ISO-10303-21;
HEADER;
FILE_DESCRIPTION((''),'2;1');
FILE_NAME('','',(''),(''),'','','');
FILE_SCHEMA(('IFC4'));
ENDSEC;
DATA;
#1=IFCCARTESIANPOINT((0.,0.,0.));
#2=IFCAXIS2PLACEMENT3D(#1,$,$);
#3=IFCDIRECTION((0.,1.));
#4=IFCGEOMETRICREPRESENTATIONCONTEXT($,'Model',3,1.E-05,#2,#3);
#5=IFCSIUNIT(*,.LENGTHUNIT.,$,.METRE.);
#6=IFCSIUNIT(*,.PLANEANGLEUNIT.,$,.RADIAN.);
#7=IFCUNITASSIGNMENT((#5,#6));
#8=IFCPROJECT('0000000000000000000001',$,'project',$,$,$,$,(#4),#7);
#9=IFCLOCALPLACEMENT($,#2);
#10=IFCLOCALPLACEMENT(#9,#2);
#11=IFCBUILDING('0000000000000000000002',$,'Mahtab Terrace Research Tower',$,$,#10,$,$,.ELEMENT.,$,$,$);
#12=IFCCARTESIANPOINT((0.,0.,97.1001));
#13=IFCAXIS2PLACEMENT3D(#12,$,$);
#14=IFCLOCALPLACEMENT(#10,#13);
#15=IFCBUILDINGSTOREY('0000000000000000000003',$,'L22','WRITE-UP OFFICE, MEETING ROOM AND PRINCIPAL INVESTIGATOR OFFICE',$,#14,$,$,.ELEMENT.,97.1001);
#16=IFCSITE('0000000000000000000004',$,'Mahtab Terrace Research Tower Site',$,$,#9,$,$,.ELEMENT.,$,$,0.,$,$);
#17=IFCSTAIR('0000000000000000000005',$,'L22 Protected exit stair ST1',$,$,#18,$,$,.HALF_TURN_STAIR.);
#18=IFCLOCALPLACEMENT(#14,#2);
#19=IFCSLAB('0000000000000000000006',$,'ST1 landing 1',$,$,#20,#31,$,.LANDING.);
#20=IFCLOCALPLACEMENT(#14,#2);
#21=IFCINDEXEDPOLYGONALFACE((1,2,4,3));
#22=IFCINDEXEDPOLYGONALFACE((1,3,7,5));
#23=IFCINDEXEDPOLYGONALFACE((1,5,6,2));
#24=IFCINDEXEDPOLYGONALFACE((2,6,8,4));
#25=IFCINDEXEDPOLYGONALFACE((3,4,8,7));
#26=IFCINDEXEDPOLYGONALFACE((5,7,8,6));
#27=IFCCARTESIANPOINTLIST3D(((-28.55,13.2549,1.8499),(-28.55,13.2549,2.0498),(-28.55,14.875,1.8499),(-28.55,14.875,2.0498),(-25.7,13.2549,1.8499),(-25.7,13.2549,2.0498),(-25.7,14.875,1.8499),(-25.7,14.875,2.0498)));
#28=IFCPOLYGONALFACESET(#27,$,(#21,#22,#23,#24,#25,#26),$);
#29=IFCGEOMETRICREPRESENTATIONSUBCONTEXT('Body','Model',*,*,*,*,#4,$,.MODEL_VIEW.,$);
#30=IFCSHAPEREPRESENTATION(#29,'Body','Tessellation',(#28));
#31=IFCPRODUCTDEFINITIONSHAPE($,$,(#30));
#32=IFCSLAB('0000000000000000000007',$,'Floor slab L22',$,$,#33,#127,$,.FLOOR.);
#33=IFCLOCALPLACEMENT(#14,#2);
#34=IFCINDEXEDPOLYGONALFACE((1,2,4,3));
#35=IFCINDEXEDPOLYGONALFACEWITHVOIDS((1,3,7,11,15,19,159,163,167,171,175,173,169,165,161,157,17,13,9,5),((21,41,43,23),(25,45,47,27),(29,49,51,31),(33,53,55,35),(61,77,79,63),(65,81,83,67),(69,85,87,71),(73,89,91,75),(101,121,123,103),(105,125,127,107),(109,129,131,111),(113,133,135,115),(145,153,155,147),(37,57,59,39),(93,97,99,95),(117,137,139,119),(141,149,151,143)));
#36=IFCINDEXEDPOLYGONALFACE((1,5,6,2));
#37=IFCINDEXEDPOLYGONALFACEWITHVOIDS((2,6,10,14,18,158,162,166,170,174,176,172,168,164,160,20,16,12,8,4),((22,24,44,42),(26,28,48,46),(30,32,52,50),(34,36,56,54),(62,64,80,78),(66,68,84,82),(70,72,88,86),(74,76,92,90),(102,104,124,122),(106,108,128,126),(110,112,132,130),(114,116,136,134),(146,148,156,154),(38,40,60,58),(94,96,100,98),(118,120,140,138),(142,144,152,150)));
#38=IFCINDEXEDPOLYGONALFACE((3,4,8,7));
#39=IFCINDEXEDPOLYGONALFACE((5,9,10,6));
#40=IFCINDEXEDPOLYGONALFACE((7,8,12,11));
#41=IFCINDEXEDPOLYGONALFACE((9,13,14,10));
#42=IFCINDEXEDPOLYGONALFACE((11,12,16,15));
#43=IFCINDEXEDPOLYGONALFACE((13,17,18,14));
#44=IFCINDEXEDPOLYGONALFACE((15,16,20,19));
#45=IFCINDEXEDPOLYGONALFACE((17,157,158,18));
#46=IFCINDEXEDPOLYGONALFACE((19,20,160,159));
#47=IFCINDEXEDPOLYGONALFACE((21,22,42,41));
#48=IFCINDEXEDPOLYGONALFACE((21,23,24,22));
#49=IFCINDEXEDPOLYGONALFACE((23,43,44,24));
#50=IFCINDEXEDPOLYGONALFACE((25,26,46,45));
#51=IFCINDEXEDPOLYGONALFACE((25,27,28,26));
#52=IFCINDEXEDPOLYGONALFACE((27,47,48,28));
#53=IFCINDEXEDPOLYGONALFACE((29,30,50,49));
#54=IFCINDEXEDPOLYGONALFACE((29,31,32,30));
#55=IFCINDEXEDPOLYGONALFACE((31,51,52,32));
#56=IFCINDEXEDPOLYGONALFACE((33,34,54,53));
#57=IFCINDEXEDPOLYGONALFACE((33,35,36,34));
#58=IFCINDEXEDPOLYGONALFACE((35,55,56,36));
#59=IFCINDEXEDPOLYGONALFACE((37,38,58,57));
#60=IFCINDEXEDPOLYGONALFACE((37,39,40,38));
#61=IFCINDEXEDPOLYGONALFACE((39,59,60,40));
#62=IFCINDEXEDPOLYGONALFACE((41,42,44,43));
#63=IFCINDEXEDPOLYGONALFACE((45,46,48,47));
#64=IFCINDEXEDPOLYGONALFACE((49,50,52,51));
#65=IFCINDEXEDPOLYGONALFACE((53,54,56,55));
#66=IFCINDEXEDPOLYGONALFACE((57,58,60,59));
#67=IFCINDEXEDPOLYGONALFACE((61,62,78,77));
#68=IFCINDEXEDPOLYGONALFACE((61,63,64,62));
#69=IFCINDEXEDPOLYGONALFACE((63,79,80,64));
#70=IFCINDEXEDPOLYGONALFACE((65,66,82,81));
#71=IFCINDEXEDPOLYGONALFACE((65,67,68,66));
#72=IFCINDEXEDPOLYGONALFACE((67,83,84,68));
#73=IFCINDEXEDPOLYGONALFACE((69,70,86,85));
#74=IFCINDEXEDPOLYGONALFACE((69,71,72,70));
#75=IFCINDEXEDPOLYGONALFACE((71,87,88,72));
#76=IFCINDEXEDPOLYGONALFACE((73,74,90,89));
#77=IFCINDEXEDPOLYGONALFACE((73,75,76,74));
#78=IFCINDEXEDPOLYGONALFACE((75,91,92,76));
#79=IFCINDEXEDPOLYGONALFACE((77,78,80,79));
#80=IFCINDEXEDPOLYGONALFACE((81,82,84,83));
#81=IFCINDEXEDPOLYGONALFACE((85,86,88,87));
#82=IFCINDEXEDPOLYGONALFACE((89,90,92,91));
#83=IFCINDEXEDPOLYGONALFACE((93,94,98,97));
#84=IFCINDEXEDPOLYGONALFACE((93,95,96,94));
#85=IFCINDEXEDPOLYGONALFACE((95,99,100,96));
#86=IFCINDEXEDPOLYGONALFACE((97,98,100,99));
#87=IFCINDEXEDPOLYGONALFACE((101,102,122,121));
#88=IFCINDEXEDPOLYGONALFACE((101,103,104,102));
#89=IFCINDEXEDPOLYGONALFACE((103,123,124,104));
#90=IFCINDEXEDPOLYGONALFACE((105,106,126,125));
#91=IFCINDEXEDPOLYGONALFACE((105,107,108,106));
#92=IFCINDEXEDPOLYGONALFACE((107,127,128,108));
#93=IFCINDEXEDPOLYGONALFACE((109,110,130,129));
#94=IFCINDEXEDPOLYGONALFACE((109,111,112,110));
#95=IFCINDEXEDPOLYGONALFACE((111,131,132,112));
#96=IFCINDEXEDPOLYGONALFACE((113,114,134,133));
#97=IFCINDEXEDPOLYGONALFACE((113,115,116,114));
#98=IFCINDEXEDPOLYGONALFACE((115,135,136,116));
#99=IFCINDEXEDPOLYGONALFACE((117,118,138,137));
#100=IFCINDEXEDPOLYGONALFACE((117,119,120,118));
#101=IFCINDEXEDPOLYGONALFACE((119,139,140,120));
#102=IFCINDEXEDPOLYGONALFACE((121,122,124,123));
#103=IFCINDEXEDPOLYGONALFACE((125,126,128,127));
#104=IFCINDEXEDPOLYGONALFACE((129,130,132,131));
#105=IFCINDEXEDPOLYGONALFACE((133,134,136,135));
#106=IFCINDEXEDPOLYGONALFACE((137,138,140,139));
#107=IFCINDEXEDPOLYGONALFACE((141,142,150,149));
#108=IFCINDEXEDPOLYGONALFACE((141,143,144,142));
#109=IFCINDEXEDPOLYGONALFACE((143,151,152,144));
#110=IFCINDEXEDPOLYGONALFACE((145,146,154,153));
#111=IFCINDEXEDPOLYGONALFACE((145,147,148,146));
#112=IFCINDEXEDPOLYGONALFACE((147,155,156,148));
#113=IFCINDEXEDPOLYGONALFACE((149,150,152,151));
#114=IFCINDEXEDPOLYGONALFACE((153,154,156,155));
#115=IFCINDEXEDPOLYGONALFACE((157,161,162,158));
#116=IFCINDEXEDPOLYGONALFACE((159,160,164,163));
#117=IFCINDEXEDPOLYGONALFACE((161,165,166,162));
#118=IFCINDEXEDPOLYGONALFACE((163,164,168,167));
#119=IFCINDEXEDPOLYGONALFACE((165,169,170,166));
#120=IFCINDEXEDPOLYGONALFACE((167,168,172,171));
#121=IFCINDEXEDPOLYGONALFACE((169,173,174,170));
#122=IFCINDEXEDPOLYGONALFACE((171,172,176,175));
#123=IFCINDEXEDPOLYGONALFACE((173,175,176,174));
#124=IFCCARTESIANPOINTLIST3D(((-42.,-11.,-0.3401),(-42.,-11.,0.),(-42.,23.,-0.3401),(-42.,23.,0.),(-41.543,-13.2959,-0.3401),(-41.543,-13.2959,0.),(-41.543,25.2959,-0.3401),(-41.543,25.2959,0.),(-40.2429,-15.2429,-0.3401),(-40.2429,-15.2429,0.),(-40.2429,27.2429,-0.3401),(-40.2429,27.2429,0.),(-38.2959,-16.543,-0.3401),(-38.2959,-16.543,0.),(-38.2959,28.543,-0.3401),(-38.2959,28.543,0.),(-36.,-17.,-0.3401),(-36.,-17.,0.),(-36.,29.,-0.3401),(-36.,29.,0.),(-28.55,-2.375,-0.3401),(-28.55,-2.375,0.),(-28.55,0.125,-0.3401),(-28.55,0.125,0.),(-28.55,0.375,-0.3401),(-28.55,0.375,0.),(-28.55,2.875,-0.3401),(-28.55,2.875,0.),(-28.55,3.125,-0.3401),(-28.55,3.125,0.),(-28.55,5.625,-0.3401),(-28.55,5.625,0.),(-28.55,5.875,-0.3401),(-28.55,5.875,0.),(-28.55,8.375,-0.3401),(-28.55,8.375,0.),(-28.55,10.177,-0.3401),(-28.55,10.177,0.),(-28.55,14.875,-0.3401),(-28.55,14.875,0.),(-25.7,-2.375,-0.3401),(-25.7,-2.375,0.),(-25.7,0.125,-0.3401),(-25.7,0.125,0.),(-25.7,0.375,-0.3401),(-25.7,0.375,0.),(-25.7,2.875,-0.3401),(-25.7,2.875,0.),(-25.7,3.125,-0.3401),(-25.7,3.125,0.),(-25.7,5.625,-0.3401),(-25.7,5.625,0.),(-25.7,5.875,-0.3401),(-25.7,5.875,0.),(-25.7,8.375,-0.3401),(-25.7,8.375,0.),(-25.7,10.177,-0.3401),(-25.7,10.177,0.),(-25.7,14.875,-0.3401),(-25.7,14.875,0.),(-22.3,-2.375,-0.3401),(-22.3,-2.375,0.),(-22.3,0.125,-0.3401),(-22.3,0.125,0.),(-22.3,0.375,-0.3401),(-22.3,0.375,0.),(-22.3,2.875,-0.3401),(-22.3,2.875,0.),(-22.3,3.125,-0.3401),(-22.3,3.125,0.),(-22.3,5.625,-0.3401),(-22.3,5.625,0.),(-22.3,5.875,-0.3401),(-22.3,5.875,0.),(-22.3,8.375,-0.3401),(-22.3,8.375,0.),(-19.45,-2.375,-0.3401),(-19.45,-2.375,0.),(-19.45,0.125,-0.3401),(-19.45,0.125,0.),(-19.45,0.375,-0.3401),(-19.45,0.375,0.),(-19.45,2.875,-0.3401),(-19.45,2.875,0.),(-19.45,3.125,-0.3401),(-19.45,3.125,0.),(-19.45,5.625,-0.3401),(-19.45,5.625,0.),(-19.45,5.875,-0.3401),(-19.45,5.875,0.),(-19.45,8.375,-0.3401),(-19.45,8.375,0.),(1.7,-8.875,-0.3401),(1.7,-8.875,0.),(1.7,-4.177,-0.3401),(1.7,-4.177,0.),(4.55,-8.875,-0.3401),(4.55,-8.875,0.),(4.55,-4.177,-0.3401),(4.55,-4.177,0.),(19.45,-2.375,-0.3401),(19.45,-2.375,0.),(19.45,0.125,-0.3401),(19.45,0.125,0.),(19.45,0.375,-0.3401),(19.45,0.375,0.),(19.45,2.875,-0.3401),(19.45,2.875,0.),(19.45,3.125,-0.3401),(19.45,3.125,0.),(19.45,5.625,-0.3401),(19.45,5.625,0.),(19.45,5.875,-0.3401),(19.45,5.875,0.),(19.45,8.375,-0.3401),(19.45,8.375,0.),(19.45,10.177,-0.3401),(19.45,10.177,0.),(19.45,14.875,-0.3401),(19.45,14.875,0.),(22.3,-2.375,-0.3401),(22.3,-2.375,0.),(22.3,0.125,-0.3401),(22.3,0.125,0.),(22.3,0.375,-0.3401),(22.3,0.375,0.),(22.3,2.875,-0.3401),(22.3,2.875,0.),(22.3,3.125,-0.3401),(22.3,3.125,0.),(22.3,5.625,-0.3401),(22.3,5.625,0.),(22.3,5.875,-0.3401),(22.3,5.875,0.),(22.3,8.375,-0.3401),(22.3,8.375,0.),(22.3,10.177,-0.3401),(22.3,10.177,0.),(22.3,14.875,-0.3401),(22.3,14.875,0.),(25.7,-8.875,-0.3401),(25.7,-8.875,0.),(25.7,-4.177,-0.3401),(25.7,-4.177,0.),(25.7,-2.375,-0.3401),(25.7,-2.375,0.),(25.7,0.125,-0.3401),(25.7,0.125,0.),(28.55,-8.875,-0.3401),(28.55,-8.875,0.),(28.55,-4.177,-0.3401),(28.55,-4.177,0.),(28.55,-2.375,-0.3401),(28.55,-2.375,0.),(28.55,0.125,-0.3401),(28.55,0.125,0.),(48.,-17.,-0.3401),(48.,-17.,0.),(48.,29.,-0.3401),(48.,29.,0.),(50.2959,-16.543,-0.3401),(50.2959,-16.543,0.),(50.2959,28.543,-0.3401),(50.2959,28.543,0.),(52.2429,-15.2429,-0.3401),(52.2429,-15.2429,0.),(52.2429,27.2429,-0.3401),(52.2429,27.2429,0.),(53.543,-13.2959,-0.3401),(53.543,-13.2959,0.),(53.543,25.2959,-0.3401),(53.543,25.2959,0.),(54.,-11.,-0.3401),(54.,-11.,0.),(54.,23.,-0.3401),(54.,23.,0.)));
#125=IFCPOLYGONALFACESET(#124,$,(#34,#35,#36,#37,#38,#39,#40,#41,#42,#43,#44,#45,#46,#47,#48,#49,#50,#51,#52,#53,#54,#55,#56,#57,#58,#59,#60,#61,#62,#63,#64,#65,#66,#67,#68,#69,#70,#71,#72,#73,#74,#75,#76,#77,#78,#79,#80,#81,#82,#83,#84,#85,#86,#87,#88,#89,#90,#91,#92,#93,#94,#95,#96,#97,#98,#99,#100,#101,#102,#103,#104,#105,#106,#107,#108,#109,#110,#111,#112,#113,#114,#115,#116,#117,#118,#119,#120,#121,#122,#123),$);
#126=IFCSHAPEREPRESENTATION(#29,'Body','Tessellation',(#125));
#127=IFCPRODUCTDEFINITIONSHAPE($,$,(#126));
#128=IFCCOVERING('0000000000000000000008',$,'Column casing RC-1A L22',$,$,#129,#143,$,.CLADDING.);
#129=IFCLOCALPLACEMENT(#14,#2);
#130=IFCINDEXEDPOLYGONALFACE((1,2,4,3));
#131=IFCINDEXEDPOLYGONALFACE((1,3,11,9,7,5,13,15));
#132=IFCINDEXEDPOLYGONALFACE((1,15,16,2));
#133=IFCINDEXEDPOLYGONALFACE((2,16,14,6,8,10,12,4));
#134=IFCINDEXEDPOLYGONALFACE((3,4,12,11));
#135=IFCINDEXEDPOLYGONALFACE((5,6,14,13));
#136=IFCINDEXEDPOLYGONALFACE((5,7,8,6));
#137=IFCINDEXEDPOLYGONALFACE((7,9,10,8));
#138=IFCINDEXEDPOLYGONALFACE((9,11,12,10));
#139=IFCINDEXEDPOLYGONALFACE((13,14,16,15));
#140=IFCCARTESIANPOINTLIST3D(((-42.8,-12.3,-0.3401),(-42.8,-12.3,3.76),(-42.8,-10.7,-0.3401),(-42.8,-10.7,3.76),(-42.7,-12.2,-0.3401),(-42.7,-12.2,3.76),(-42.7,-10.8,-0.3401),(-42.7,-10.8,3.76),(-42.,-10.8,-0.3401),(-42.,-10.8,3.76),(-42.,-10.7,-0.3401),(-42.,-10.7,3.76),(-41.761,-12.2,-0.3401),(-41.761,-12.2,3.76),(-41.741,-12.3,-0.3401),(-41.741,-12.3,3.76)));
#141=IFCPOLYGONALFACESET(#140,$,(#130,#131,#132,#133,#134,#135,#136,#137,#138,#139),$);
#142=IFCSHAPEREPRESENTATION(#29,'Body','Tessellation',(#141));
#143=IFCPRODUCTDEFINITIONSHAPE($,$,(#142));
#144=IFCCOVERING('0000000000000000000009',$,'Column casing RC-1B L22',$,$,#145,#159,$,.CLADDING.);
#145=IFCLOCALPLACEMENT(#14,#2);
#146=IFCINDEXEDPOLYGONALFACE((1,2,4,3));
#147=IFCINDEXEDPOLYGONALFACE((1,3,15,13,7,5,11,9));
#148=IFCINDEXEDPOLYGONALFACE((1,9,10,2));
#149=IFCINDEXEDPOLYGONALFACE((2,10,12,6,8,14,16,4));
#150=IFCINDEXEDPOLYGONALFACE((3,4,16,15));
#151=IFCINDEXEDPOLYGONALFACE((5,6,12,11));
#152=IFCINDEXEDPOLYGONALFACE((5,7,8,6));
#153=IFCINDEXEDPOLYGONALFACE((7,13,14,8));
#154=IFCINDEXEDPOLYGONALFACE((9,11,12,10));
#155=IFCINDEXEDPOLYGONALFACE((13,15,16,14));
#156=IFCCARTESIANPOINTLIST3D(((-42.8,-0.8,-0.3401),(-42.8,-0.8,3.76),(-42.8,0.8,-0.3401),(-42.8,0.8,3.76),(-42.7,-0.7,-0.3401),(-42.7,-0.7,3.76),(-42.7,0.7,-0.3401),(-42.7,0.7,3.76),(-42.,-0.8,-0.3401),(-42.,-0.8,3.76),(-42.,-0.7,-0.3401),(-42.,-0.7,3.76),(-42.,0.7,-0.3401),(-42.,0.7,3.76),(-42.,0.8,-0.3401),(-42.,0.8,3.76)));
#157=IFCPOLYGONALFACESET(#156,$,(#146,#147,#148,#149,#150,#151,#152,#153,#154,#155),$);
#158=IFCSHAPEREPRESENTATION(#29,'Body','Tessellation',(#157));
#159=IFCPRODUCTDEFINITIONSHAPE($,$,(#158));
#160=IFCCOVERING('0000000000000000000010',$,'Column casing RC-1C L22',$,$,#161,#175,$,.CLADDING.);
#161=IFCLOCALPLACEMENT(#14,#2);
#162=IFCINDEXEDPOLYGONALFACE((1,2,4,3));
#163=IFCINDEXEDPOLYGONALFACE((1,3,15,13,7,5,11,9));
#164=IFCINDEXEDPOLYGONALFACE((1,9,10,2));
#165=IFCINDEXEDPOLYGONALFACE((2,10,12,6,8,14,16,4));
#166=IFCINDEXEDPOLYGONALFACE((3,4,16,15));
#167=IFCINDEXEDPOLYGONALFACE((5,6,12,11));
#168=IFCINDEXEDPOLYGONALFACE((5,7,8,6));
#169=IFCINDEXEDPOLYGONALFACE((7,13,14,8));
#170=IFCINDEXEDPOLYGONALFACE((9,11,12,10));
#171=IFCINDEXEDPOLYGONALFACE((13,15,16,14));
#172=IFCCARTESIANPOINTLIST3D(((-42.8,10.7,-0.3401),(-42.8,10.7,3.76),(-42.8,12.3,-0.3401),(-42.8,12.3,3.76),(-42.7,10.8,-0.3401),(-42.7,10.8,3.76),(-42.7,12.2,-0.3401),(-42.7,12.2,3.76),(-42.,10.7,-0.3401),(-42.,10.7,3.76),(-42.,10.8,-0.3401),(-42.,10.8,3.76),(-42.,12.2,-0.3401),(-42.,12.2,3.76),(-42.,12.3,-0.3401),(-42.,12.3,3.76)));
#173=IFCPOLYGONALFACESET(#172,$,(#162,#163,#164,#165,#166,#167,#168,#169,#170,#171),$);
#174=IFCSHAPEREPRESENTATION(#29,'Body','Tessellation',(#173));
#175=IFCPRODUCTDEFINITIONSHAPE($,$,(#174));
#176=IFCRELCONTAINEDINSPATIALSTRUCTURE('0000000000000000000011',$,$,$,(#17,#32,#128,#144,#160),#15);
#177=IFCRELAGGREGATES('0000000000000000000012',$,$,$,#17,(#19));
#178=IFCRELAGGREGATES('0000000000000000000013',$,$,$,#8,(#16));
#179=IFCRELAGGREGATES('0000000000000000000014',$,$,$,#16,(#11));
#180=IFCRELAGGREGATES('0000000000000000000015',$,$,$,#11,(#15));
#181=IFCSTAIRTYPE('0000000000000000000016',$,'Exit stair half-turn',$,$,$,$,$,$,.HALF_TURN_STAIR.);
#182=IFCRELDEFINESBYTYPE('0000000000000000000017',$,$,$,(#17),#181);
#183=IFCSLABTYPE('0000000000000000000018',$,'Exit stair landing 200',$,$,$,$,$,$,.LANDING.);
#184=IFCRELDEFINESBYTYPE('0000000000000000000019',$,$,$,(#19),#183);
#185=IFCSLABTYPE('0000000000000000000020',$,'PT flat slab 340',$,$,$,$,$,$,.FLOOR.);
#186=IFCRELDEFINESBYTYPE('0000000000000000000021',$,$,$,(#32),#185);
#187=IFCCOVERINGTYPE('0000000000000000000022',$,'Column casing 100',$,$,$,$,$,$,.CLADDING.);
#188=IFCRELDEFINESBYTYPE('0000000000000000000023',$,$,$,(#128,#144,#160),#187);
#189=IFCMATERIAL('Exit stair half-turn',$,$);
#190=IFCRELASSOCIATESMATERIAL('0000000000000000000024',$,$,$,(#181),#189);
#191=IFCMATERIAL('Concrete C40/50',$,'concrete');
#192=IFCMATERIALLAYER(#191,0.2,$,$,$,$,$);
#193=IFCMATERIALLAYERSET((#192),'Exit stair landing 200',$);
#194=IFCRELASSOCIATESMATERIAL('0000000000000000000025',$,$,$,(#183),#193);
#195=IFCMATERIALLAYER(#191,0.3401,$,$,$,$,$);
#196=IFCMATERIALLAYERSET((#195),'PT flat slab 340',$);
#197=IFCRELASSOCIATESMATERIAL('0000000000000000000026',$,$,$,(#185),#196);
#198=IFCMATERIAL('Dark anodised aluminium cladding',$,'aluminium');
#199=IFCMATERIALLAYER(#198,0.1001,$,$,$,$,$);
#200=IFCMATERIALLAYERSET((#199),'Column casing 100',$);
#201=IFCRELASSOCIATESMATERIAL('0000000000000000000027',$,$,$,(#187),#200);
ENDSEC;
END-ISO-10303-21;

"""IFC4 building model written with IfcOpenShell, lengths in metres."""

from ifc_helpers import new_model, si_unit, direction, frame, origin, place, context, subcontext, project, spatial, polyline, outline, extrude, material, layer, layer_set, type_object, element, aggregate, save


model = new_model("IFC4")

# Units and contexts
model_context = context("Model", 3, precision=1e-05, world=origin(), true_north=direction((0.0, 1.0)))
body_context = subcontext(model_context, "Body", "Model", "MODEL_VIEW")
ifc_project = project(units=[si_unit("LENGTHUNIT", "METRE"), si_unit("PLANEANGLEUNIT", "RADIAN")], contexts=[model_context])

# Site, building, storey
site_placement = place(None, origin())
site = spatial("IfcSite", under=ifc_project, at=site_placement, Name="Mahtab Terrace Research Tower Site", CompositionType="ELEMENT", RefElevation=0.0)
building_placement = place(site_placement, origin())
building = spatial("IfcBuilding", under=site, at=building_placement, Name="Mahtab Terrace Research Tower", CompositionType="ELEMENT")
storey_placement = place(building_placement, frame((0.0, 0.0, 97.1001)))
storey = spatial("IfcBuildingStorey", under=building, at=storey_placement, Name="L22", Description="WRITE-UP OFFICE, MEETING ROOM AND PRINCIPAL INVESTIGATOR OFFICE", CompositionType="ELEMENT", Elevation=97.1001)

# Stair, slab
ifc_material_1 = material(Name="Exit stair half-turn")
stair_type = type_object("IfcStairType", Name="Exit stair half-turn", PredefinedType="HALF_TURN_STAIR", material=ifc_material_1)
stair_placement = place(storey_placement, origin())
stair = element("IfcStair", 1, at=stair_placement, inside=storey, type_object=stair_type, Name="L22 Protected exit stair ST1", PredefinedType="HALF_TURN_STAIR")
ifc_material_2 = material(Name="Concrete C40/50", Category="concrete")
ifc_layer_1 = layer(ifc_material_2, 0.2)
ifc_layer_set_1 = layer_set([ifc_layer_1], Name="Exit stair landing 200")
slab_type_1 = type_object("IfcSlabType", Name="Exit stair landing 200", PredefinedType="LANDING", material=ifc_layer_set_1)
slab_1_placement = place(storey_placement, frame((0.0, 0.0, 1.8499)))
slab_1 = element("IfcSlab", 2, at=slab_1_placement, type_object=slab_type_1, Name="ST1 landing 1", PredefinedType="LANDING", context=body_context, shape_type="SweptSolid", body=[
    extrude(outline(polyline([(-25.7, 13.2549), (-25.7, 14.875), (-28.55, 14.875), (-28.55, 13.2549), (-25.7, 13.2549)])), origin(), (0.0, 0.0, 1.0), 0.2),
])
aggregate(stair, [slab_1])

# Slab
ifc_layer_2 = layer(ifc_material_2, 0.3401)
ifc_layer_set_2 = layer_set([ifc_layer_2], Name="PT flat slab 340")
slab_type_2 = type_object("IfcSlabType", Name="PT flat slab 340", PredefinedType="FLOOR", material=ifc_layer_set_2)
slab_2_placement = place(storey_placement, frame((0.0, 0.0, -0.3401)))
element("IfcSlab", 3, at=slab_2_placement, inside=storey, type_object=slab_type_2, Name="Floor slab L22", PredefinedType="FLOOR", context=body_context, shape_type="SweptSolid", body=[
    extrude(outline(polyline([(53.543, 25.2959), (52.2429, 27.2429), (50.2959, 28.543), (48.0, 29.0), (-36.0, 29.0), (-38.2959, 28.543), (-40.2429, 27.2429), (-41.543, 25.2959), (-42.0, 23.0), (-42.0, -11.0), (-41.543, -13.2959), (-40.2429, -15.2429), (-38.2959, -16.543), (-36.0, -17.0), (48.0, -17.0), (50.2959, -16.543), (52.2429, -15.2429), (53.543, -13.2959), (54.0, -11.0), (54.0, 23.0), (53.543, 25.2959)]), holes=[polyline([(-28.55, -2.375), (-28.55, 0.125), (-25.7, 0.125), (-25.7, -2.375), (-28.55, -2.375)]), polyline([(-22.3, -2.375), (-22.3, 0.125), (-19.45, 0.125), (-19.45, -2.375), (-22.3, -2.375)]), polyline([(-28.55, 0.375), (-28.55, 2.875), (-25.7, 2.875), (-25.7, 0.375), (-28.55, 0.375)]), polyline([(-22.3, 0.375), (-22.3, 2.875), (-19.45, 2.875), (-19.45, 0.375), (-22.3, 0.375)]), polyline([(-28.55, 3.125), (-28.55, 5.625), (-25.7, 5.625), (-25.7, 3.125), (-28.55, 3.125)]), polyline([(-22.3, 3.125), (-22.3, 5.625), (-19.45, 5.625), (-19.45, 3.125), (-22.3, 3.125)]), polyline([(-28.55, 5.875), (-28.55, 8.375), (-25.7, 8.375), (-25.7, 5.875), (-28.55, 5.875)]), polyline([(-22.3, 5.875), (-22.3, 8.375), (-19.45, 8.375), (-19.45, 5.875), (-22.3, 5.875)]), polyline([(-28.55, 10.177), (-28.55, 14.875), (-25.7, 14.875), (-25.7, 10.177), (-28.55, 10.177)]), polyline([(1.7, -8.875), (1.7, -4.177), (4.55, -4.177), (4.55, -8.875), (1.7, -8.875)]), polyline([(25.7, -8.875), (25.7, -4.177), (28.55, -4.177), (28.55, -8.875), (25.7, -8.875)]), polyline([(19.45, -2.375), (19.45, 0.125), (22.3, 0.125), (22.3, -2.375), (19.45, -2.375)]), polyline([(25.7, -2.375), (25.7, 0.125), (28.55, 0.125), (28.55, -2.375), (25.7, -2.375)]), polyline([(19.45, 0.375), (19.45, 2.875), (22.3, 2.875), (22.3, 0.375), (19.45, 0.375)]), polyline([(19.45, 3.125), (19.45, 5.625), (22.3, 5.625), (22.3, 3.125), (19.45, 3.125)]), polyline([(19.45, 8.375), (22.3, 8.375), (22.3, 5.875), (19.45, 5.875), (19.45, 8.375)]), polyline([(19.45, 14.875), (22.3, 14.875), (22.3, 10.177), (19.45, 10.177), (19.45, 14.875)])]), origin(), (0.0, 0.0, 1.0), 0.3401),
])

# Coverings
ifc_material_3 = material(Name="Dark anodised aluminium cladding", Category="aluminium")
ifc_layer_3 = layer(ifc_material_3, 0.1001)
ifc_layer_set_3 = layer_set([ifc_layer_3], Name="Column casing 100")
covering_type_1 = type_object("IfcCoveringType", Name="Column casing 100", PredefinedType="CLADDING", material=ifc_layer_set_3)
covering_1_placement = place(storey_placement, frame((0.0, 0.0, -0.3401)))
element("IfcCovering", 4, at=covering_1_placement, inside=storey, type_object=covering_type_1, Name="Column casing RC-1A L22", PredefinedType="CLADDING", context=body_context, shape_type="SweptSolid", body=[
    extrude(outline(polyline([(-42.8, -10.7), (-42.0, -10.7), (-42.0, -10.8), (-42.7, -10.8), (-42.7, -12.2), (-41.761, -12.2), (-41.741, -12.3), (-42.8, -12.3), (-42.8, -10.7)])), origin(), (0.0, 0.0, 1.0), 4.1001),
])
covering_2_placement = place(storey_placement, frame((0.0, 0.0, -0.3401)))
element("IfcCovering", 5, at=covering_2_placement, inside=storey, type_object=covering_type_1, Name="Column casing RC-1B L22", PredefinedType="CLADDING", context=body_context, shape_type="SweptSolid", body=[
    extrude(outline(polyline([(-42.8, 0.8), (-42.0, 0.8), (-42.0, 0.7), (-42.7, 0.7), (-42.7, -0.7), (-42.0, -0.7), (-42.0, -0.8), (-42.8, -0.8), (-42.8, 0.8)])), origin(), (0.0, 0.0, 1.0), 4.1001),
])
covering_3_placement = place(storey_placement, frame((0.0, 0.0, -0.3401)))
element("IfcCovering", 6, at=covering_3_placement, inside=storey, type_object=covering_type_1, Name="Column casing RC-1C L22", PredefinedType="CLADDING", context=body_context, shape_type="SweptSolid", body=[
    extrude(outline(polyline([(-42.8, 12.3), (-42.0, 12.3), (-42.0, 12.2), (-42.7, 12.2), (-42.7, 10.8), (-42.0, 10.8), (-42.0, 10.7), (-42.8, 10.7), (-42.8, 12.3)])), origin(), (0.0, 0.0, 1.0), 4.1001),
])

save(model, "model.ifc")
